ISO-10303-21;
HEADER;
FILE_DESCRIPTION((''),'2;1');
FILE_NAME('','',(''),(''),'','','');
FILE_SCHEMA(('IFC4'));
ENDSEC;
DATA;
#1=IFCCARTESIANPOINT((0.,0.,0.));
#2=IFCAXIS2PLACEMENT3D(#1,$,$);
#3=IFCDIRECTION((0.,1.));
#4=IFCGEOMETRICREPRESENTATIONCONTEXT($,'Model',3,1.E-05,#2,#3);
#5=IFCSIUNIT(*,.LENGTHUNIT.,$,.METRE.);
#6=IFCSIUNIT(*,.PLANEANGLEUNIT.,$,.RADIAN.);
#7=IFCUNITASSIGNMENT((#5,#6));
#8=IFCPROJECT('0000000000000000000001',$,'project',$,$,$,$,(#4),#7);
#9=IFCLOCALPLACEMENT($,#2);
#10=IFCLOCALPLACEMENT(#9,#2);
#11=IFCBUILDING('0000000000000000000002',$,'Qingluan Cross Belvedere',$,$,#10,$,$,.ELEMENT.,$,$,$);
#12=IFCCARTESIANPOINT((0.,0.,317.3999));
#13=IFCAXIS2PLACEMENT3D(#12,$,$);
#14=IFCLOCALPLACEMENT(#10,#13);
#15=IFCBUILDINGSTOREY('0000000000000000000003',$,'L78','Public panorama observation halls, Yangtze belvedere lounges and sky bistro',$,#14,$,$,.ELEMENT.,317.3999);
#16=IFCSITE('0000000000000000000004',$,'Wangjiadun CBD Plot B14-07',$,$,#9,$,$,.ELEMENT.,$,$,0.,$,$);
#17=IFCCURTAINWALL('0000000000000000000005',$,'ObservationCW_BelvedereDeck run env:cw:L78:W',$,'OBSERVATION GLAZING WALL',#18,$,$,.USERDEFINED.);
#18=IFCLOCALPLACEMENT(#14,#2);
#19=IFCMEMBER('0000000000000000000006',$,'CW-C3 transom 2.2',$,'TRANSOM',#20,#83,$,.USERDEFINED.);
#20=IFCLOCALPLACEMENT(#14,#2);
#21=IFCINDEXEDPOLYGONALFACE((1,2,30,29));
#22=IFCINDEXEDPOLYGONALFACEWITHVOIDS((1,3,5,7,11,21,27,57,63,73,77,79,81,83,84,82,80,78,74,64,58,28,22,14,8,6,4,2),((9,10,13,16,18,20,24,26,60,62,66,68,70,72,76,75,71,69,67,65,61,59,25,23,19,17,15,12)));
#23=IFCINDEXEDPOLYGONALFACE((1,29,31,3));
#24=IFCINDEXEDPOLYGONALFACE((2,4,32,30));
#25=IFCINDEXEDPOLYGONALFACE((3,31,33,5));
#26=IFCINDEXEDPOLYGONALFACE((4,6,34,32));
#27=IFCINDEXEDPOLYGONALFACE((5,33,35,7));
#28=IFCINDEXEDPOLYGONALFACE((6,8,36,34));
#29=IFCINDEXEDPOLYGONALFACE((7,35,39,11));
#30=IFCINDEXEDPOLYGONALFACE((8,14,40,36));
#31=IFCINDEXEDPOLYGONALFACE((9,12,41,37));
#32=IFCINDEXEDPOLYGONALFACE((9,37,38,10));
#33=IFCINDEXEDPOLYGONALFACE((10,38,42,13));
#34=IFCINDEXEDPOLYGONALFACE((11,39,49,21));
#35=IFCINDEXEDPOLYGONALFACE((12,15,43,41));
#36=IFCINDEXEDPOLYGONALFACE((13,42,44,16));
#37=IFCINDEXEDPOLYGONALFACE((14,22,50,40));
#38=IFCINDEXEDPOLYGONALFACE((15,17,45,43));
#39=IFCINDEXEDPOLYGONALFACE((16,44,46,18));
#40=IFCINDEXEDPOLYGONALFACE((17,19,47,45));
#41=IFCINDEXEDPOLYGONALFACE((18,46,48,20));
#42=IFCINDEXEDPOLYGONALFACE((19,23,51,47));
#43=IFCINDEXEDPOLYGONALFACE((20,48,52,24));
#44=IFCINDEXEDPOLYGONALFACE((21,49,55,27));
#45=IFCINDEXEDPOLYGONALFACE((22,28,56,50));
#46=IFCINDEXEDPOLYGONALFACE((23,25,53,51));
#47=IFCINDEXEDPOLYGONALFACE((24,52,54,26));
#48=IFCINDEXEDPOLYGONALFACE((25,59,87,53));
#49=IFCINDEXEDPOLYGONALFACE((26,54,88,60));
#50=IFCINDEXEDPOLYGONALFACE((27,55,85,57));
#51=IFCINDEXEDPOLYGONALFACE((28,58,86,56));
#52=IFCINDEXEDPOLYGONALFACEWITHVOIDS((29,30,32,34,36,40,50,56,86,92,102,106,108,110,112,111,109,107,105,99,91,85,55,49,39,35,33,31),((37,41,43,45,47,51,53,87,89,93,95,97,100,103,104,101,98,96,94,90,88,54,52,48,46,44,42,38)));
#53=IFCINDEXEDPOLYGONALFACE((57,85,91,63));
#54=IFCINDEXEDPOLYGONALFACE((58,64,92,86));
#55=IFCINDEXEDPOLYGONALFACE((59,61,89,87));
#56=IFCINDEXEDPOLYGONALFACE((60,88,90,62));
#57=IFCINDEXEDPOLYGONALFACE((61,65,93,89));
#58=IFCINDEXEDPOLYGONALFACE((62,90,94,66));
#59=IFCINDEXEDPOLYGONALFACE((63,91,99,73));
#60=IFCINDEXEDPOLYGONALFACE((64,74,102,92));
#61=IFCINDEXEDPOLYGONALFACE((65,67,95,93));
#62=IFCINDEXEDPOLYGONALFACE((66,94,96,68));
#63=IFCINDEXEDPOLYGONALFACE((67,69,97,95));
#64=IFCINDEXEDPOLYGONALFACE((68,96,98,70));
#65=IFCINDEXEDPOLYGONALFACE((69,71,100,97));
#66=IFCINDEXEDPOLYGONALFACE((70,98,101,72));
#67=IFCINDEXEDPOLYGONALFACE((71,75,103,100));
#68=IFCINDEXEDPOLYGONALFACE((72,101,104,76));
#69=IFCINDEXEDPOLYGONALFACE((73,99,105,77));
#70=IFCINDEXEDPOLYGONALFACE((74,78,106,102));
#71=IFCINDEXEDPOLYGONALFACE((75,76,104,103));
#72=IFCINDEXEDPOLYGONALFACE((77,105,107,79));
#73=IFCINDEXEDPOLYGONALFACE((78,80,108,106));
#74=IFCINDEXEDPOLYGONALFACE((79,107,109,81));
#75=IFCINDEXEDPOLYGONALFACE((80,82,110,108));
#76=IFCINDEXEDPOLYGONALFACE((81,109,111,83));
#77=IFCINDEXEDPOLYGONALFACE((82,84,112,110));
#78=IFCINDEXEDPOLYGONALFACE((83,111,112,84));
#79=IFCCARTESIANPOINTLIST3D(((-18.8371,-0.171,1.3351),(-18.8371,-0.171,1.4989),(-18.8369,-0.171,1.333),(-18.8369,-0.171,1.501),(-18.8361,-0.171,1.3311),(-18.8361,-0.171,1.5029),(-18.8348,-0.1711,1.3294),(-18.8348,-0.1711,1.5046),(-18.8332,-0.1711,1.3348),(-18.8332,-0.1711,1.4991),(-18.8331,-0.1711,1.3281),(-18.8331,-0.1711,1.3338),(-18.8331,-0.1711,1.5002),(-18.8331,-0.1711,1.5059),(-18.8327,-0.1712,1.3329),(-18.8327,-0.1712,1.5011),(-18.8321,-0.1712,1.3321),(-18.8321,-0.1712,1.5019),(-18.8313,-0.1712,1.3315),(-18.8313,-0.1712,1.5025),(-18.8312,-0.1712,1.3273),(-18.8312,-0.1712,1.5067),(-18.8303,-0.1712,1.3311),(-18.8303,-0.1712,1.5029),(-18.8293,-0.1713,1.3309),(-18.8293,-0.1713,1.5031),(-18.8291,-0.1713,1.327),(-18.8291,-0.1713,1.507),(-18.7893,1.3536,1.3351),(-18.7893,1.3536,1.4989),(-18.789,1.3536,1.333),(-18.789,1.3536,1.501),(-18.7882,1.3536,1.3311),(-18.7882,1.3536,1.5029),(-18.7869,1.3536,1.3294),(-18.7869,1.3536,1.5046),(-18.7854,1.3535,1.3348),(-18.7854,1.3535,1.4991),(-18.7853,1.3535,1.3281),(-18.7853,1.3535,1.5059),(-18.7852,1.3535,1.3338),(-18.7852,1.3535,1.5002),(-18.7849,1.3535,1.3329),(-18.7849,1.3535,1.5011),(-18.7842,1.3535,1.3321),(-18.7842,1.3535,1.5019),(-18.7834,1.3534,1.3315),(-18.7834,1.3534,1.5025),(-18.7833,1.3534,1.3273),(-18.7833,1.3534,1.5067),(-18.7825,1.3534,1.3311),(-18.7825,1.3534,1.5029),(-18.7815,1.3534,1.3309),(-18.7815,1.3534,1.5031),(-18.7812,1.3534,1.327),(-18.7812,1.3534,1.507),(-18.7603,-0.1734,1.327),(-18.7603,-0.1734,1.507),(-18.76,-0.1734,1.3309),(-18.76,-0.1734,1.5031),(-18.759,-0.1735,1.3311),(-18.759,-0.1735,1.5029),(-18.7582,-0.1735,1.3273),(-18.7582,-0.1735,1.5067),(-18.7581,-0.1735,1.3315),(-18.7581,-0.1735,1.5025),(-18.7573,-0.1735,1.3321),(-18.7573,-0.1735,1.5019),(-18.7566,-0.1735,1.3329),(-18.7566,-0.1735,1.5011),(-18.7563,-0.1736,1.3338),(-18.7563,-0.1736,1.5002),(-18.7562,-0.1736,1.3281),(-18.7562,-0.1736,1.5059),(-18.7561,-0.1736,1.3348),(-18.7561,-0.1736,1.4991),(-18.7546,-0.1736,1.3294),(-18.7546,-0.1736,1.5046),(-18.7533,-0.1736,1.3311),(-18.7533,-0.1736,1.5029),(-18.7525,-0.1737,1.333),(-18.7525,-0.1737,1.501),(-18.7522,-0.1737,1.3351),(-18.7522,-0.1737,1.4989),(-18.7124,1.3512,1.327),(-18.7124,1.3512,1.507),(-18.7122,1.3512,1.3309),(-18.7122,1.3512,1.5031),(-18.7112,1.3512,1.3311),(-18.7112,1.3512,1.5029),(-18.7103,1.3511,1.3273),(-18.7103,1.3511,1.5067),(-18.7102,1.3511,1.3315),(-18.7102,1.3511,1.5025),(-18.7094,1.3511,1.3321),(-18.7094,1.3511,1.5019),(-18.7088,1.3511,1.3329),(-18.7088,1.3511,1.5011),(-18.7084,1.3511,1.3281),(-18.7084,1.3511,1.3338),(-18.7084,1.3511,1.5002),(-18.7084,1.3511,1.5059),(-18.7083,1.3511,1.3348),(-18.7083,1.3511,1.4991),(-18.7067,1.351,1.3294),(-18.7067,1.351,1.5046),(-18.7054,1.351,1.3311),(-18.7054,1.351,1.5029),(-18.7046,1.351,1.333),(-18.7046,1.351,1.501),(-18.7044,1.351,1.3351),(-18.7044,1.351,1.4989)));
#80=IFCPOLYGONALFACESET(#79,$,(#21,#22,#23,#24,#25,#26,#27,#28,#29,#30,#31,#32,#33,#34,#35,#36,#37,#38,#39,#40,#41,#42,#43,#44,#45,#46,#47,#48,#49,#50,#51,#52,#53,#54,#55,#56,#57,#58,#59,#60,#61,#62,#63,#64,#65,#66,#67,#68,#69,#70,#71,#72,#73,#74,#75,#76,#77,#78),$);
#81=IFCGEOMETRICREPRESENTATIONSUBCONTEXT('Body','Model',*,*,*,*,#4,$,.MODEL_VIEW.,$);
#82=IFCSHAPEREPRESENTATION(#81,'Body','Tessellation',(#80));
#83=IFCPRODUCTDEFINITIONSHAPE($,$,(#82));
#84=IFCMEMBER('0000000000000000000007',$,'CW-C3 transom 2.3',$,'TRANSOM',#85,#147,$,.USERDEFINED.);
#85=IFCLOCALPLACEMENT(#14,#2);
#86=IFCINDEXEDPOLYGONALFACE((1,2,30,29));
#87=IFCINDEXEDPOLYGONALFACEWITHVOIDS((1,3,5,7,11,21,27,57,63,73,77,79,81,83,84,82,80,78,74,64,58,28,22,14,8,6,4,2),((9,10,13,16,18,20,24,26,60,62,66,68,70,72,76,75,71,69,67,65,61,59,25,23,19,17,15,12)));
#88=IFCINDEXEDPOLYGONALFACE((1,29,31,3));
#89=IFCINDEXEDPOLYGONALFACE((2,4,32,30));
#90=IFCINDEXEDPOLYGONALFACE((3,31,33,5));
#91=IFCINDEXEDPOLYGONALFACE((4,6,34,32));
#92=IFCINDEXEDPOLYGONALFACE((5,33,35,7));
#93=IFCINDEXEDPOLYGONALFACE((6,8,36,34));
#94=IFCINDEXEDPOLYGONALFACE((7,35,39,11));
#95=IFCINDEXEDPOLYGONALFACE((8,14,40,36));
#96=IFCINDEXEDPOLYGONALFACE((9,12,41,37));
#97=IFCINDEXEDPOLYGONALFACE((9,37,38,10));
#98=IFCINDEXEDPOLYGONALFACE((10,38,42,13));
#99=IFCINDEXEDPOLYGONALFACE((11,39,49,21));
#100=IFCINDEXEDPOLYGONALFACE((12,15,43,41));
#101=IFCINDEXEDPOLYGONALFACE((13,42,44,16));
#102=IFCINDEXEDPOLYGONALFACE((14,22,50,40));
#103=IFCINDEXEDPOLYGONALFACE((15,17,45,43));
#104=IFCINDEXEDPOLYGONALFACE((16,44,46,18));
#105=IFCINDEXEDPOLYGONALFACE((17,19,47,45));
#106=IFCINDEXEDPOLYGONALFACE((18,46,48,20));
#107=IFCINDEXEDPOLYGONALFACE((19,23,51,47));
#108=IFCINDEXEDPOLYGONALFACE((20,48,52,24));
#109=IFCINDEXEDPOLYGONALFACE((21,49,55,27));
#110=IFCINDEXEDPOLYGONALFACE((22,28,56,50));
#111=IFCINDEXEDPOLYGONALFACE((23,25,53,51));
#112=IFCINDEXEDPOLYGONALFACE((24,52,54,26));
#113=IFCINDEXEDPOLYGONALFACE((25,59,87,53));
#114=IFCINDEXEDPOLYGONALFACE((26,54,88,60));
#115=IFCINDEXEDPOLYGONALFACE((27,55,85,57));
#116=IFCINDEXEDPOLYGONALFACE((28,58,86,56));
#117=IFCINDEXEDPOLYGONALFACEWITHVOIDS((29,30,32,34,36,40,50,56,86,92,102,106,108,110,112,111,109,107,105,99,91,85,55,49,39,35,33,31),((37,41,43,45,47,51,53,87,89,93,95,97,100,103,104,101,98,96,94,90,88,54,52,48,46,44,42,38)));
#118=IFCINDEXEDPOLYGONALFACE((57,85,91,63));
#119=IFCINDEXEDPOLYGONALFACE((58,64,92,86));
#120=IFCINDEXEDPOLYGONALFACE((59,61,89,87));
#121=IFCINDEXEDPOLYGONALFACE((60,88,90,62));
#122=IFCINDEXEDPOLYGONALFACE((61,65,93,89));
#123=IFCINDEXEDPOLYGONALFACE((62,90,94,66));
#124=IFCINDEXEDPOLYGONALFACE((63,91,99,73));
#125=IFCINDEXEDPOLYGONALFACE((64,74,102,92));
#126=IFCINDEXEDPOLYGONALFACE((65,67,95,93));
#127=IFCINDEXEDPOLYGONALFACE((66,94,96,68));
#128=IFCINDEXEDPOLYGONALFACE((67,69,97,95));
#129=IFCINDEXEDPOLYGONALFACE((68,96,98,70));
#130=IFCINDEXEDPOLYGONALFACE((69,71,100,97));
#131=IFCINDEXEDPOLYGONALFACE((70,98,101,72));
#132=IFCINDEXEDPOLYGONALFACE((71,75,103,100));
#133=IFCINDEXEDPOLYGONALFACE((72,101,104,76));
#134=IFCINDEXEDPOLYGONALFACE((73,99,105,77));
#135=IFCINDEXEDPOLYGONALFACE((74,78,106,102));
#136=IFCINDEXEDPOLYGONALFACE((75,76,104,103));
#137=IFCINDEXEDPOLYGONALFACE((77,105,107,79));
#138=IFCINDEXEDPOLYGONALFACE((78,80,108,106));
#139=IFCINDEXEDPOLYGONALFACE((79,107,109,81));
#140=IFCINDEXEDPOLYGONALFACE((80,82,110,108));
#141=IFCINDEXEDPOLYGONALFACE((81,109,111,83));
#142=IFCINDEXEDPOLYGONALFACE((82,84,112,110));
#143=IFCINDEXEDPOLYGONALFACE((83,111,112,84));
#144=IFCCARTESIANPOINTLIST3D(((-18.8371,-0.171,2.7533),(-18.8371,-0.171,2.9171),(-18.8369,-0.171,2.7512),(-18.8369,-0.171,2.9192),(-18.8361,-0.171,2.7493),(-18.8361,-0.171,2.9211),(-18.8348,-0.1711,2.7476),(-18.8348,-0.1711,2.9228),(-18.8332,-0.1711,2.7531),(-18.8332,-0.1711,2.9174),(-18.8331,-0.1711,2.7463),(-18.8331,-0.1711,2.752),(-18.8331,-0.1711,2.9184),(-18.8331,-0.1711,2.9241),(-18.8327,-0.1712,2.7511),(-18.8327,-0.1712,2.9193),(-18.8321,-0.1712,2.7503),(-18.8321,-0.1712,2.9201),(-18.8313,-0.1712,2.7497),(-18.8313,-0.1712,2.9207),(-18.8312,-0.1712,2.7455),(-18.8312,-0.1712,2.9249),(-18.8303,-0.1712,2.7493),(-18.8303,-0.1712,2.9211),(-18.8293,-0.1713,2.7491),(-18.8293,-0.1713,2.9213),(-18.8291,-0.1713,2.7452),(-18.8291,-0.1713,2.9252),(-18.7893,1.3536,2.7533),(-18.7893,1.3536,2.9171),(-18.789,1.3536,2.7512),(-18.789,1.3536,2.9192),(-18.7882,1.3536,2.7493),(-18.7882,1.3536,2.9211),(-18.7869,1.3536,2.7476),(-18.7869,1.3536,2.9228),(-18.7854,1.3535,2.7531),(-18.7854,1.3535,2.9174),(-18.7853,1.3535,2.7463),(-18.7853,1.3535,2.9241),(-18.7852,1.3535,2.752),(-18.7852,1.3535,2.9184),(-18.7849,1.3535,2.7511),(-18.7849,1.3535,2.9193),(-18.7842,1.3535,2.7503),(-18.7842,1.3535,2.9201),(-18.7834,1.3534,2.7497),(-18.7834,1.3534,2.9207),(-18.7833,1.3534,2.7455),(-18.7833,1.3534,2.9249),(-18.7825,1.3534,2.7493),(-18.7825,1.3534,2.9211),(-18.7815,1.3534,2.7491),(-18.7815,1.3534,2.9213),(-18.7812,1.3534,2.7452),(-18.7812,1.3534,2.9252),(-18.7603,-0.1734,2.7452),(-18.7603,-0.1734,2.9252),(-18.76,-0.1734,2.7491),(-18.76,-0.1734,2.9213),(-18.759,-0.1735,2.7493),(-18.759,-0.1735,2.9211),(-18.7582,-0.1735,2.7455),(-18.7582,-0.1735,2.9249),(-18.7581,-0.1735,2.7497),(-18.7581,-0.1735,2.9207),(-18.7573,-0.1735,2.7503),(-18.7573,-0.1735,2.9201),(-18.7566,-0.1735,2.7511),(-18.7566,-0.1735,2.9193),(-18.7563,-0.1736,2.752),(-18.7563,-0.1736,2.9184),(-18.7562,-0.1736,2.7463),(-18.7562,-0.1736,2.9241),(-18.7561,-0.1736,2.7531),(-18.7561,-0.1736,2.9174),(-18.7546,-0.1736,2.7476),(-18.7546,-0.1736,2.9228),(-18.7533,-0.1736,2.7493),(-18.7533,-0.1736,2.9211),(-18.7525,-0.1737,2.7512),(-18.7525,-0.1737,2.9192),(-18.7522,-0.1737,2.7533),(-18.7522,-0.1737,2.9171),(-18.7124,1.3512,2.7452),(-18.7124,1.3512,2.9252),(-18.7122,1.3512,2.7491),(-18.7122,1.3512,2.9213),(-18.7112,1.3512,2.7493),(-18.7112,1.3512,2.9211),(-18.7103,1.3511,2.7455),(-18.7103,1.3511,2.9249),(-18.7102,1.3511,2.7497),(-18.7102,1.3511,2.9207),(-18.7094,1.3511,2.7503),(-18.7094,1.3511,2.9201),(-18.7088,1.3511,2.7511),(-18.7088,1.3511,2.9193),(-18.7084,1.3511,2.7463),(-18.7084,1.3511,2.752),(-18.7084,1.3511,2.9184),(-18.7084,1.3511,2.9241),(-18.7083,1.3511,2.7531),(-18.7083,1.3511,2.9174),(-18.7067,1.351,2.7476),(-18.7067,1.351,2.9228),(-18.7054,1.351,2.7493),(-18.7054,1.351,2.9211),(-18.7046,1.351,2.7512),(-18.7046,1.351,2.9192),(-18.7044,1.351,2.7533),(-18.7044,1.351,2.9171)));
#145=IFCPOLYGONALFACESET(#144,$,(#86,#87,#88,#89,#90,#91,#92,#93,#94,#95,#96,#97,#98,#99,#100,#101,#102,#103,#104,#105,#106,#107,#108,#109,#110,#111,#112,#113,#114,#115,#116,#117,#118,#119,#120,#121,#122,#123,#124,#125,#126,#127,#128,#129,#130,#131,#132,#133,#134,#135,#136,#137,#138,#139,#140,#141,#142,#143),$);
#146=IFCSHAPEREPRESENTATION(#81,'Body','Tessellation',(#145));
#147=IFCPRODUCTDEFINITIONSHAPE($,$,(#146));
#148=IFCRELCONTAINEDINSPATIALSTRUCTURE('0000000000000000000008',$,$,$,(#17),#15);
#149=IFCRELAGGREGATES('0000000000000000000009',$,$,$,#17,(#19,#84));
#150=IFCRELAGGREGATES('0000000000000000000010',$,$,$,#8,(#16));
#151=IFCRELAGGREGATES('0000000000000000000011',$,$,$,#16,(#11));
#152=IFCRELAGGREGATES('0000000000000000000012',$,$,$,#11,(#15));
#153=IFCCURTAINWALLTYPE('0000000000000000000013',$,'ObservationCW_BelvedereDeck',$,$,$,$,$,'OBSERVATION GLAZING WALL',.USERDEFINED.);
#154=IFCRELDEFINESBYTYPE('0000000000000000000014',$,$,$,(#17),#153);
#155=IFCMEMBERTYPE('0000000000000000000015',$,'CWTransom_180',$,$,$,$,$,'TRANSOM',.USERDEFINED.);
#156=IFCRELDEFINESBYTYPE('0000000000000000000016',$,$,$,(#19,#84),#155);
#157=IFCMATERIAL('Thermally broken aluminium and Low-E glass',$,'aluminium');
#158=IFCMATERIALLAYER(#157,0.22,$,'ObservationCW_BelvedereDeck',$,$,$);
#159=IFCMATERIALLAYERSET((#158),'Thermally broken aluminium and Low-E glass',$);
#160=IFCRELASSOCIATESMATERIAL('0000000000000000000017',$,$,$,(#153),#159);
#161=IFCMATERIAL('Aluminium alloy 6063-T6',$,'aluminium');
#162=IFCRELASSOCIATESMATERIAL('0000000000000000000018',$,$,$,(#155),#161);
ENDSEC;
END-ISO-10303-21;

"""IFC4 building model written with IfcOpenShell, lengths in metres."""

from ifc_helpers import new_model, si_unit, direction, frame, origin, origin_2d, place, context, subcontext, project, spatial, hollow_rectangle, extrude, material, layer, layer_set, material_profile, profile_set, type_object, element, aggregate, save


model = new_model("IFC4")

# Units and contexts
model_context = context("Model", 3, precision=1e-05, world=origin(), true_north=direction((0.0, 1.0)))
body_context = subcontext(model_context, "Body", "Model", "MODEL_VIEW")
ifc_project = project(units=[si_unit("LENGTHUNIT", "METRE"), si_unit("PLANEANGLEUNIT", "RADIAN")], contexts=[model_context])

# Site, building, storey
site_placement = place(None, origin())
site = spatial("IfcSite", under=ifc_project, at=site_placement, Name="Wangjiadun CBD Plot B14-07", CompositionType="ELEMENT", RefElevation=0.0)
building_placement = place(site_placement, origin())
building = spatial("IfcBuilding", under=site, at=building_placement, Name="Qingluan Cross Belvedere", CompositionType="ELEMENT")
storey_placement = place(building_placement, frame((0.0, 0.0, 317.3999)))
storey = spatial("IfcBuildingStorey", under=building, at=storey_placement, Name="L78", Description="Public panorama observation halls, Yangtze belvedere lounges and sky bistro", CompositionType="ELEMENT", Elevation=317.3999)

# Curtain wall, members
ifc_material_1 = material(Name="Thermally broken aluminium and Low-E glass", Category="aluminium")
ifc_layer_1 = layer(ifc_material_1, 0.22, Name="ObservationCW_BelvedereDeck")
ifc_layer_set_1 = layer_set([ifc_layer_1], Name="Thermally broken aluminium and Low-E glass")
curtain_wall_type = type_object("IfcCurtainWallType", Name="ObservationCW_BelvedereDeck", ElementType="OBSERVATION GLAZING WALL", PredefinedType="USERDEFINED", material=ifc_layer_set_1)
curtain_wall_placement = place(storey_placement, origin())
curtain_wall = element("IfcCurtainWall", 1, at=curtain_wall_placement, inside=storey, type_object=curtain_wall_type, Name="ObservationCW_BelvedereDeck run env:cw:L78:W", ObjectType="OBSERVATION GLAZING WALL", PredefinedType="USERDEFINED")
ifc_material_2 = material(Name="Aluminium alloy 6063-T6", Category="aluminium")
ifc_material_profile_1 = material_profile(ifc_material_2, hollow_rectangle(XDim=0.085, YDim=0.1799, WallThickness=0.0039, InnerFilletRadius=0.0039, OuterFilletRadius=0.0081, at=origin_2d()), Name="CWT180x85x4")
ifc_profile_set_1 = profile_set([ifc_material_profile_1], Name="Aluminium alloy 6063-T6")
member_type_1 = type_object("IfcMemberType", Name="CWTransom_180", ElementType="TRANSOM", PredefinedType="USERDEFINED", material=ifc_profile_set_1)
member_1_placement = place(storey_placement, frame((-18.7468, 1.3523, 1.417), z_axis=(-0.03137, -0.999508, 0.0), x_axis=(0.999508, -0.03137, 0.0)))
member_1 = element("IfcMember", 2, at=member_1_placement, type_object=member_type_1, Name="CW-C3 transom 2.2", ObjectType="TRANSOM", PredefinedType="USERDEFINED", context=body_context, shape_type="SweptSolid", body=[
    extrude(hollow_rectangle(XDim=0.085, YDim=0.1799, WallThickness=0.0039, InnerFilletRadius=0.0039, OuterFilletRadius=0.0081, at=origin_2d()), origin(), (0.0, 0.0, 1.0), 1.5254),
])
member_2_placement = place(storey_placement, frame((-18.7468, 1.3523, 2.8352), z_axis=(-0.03137, -0.999508, 0.0), x_axis=(0.999508, -0.03137, 0.0)))
member_2 = element("IfcMember", 3, at=member_2_placement, type_object=member_type_1, Name="CW-C3 transom 2.3", ObjectType="TRANSOM", PredefinedType="USERDEFINED", context=body_context, shape_type="SweptSolid", body=[
    extrude(hollow_rectangle(XDim=0.085, YDim=0.1799, WallThickness=0.0039, InnerFilletRadius=0.0039, OuterFilletRadius=0.0081, at=origin_2d()), origin(), (0.0, 0.0, 1.0), 1.5254),
])

aggregate(curtain_wall, [member_1, member_2])

save(model, "model.ifc")
